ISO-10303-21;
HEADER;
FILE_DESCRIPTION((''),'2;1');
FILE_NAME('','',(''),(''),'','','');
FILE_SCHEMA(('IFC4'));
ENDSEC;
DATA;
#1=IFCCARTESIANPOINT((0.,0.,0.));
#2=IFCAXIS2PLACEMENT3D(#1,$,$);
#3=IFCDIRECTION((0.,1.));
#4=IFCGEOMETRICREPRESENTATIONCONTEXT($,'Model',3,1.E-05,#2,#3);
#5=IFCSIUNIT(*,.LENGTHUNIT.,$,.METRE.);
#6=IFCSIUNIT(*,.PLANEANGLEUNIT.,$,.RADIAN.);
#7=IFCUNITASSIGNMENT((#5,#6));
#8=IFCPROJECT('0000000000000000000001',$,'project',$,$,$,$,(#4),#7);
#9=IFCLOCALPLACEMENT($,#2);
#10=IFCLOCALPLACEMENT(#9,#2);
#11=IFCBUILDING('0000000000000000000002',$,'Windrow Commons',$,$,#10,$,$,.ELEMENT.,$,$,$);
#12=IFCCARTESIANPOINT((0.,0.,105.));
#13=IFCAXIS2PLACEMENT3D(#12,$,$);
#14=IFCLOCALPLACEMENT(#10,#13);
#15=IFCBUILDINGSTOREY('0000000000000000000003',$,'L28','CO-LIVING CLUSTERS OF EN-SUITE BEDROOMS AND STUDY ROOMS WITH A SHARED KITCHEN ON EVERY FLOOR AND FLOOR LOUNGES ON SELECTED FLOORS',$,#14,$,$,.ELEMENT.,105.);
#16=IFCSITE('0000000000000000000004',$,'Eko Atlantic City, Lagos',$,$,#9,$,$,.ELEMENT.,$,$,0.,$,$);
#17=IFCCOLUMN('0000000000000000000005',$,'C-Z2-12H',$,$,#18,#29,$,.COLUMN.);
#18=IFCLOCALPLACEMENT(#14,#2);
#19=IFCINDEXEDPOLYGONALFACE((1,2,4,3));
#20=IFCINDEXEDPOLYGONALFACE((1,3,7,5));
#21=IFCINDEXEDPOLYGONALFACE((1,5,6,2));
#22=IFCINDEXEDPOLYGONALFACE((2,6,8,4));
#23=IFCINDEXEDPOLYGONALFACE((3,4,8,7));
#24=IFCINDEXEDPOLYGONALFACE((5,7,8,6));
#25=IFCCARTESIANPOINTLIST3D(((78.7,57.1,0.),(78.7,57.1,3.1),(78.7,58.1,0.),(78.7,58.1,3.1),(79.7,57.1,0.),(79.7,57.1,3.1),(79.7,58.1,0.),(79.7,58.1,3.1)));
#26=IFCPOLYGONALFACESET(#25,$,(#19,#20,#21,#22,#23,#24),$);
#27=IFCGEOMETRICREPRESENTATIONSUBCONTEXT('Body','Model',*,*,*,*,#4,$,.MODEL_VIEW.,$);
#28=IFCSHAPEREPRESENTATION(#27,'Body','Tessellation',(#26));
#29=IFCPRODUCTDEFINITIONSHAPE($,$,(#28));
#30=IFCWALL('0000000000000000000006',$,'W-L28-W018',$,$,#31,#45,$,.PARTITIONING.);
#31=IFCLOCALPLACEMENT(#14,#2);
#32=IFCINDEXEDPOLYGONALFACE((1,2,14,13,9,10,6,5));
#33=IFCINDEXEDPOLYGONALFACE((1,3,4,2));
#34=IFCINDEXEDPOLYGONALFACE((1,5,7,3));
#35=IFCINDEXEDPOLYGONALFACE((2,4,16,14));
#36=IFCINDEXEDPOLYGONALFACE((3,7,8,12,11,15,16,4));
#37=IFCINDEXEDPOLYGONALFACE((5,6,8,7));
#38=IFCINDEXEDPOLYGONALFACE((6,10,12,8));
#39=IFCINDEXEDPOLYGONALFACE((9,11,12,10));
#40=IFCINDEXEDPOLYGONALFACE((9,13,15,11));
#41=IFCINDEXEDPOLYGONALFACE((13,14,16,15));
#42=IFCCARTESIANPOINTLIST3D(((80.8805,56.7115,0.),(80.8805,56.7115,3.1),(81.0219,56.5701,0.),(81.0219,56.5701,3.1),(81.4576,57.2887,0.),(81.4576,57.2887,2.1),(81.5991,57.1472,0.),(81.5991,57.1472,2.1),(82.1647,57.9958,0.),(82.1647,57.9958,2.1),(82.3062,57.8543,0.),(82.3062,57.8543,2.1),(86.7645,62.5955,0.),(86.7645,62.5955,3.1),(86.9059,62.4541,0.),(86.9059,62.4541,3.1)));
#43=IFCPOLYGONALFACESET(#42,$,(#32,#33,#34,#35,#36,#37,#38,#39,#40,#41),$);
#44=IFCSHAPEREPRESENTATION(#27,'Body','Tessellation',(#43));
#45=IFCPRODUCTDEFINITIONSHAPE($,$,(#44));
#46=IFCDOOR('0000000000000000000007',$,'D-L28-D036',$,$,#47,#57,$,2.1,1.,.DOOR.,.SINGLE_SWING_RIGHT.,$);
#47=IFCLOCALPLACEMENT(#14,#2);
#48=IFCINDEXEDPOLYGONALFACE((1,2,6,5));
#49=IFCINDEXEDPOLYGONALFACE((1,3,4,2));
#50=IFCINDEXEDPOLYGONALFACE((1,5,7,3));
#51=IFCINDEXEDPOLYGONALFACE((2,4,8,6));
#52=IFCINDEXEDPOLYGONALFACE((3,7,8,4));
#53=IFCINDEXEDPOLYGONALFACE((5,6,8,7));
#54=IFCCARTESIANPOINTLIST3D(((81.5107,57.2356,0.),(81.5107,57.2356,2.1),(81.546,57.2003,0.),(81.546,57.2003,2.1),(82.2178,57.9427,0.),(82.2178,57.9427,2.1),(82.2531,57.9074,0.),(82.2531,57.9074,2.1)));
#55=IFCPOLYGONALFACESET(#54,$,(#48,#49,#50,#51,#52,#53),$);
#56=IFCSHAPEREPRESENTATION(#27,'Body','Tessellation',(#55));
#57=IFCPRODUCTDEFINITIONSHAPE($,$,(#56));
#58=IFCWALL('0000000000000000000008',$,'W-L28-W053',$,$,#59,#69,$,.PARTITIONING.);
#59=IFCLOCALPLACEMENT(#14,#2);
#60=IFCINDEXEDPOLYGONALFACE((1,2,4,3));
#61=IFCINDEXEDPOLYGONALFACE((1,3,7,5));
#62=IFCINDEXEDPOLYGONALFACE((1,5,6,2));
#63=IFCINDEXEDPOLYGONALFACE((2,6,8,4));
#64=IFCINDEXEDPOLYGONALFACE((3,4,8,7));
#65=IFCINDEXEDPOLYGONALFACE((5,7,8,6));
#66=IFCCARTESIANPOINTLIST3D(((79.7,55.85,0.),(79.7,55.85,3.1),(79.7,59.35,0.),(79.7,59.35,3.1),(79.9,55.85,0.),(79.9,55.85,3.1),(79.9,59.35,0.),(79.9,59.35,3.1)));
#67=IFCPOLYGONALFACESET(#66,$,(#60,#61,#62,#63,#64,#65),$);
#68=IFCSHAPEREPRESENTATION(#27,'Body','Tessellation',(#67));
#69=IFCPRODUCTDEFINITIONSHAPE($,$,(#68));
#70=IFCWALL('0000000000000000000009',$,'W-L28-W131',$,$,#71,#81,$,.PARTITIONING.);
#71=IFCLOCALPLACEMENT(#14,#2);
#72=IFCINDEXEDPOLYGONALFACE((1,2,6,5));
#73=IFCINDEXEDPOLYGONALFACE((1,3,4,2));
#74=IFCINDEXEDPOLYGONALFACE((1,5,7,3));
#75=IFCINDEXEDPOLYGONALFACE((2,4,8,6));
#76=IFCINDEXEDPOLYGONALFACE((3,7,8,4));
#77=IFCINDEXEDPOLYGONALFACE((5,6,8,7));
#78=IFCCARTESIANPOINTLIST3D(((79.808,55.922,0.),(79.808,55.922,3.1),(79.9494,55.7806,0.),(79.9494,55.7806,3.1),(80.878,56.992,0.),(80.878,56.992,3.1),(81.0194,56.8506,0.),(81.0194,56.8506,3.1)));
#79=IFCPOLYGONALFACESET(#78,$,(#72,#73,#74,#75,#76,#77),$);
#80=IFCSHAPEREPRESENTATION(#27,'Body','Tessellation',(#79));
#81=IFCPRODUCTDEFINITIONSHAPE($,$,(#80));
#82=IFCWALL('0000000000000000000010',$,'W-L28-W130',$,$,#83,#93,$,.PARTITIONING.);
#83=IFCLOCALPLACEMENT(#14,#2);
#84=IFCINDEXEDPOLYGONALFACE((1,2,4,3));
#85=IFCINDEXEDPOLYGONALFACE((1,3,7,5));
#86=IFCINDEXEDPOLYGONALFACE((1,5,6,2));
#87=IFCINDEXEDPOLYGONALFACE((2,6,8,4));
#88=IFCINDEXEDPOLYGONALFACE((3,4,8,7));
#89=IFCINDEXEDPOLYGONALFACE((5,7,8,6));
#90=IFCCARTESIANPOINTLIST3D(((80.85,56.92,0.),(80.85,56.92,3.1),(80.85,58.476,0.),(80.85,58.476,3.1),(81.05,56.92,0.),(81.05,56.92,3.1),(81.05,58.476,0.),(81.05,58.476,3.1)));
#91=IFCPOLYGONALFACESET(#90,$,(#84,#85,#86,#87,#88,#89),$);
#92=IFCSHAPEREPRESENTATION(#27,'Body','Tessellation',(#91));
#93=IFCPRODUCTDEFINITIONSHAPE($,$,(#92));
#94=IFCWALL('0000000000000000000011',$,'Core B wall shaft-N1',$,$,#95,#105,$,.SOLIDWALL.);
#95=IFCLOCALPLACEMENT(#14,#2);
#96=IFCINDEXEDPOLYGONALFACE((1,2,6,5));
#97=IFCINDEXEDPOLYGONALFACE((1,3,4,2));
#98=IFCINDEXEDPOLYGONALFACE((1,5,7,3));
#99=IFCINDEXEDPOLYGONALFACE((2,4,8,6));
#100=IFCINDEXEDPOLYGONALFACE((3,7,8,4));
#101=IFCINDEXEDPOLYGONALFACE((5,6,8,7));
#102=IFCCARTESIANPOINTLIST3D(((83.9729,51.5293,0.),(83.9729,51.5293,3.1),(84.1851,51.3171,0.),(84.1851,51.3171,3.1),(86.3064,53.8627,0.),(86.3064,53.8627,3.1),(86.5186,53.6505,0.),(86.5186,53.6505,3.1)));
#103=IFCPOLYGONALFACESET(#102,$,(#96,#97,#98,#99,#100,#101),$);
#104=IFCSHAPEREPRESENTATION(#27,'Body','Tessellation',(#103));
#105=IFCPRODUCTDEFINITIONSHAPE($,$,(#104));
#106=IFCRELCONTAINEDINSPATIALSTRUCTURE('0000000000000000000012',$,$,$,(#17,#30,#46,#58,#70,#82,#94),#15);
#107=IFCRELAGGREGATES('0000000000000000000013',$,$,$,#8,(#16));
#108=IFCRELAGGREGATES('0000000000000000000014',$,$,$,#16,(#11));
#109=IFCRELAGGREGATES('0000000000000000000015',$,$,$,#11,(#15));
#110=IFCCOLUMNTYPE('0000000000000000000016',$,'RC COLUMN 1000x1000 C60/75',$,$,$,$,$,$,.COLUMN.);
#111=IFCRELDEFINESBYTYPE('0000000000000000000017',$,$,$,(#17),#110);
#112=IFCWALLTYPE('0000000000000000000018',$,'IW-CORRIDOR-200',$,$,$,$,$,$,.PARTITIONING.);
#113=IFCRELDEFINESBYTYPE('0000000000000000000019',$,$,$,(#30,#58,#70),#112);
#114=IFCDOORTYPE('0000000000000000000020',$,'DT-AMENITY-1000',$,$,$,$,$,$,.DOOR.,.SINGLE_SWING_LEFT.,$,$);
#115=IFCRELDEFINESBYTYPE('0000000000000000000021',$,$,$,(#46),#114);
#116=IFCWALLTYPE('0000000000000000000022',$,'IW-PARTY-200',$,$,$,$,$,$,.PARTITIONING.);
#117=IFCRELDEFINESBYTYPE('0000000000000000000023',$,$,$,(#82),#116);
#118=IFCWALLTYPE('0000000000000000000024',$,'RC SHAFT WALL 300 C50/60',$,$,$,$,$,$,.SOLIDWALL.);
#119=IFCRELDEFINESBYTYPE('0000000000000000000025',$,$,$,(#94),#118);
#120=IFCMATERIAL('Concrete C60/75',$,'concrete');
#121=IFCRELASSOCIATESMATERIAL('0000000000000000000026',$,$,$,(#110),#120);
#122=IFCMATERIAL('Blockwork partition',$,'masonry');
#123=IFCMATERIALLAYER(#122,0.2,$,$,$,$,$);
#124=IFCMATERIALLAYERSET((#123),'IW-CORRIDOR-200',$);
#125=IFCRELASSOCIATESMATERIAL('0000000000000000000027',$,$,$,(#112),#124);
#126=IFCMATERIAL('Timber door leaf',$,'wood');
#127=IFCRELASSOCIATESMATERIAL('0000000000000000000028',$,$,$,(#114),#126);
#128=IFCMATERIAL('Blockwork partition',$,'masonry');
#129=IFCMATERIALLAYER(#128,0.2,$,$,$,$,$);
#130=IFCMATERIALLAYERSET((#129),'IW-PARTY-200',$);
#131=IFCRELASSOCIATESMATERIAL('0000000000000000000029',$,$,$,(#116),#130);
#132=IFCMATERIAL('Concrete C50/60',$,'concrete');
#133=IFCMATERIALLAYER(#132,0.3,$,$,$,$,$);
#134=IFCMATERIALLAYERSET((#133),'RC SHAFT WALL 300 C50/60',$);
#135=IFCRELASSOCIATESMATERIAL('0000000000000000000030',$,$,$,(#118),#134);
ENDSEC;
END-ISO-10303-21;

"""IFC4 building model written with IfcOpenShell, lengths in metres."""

from ifc_helpers import new_model, si_unit, direction, frame, frame_2d, origin, origin_2d, place, context, subcontext, project, spatial, rectangle, extrude, material, layer, layer_set, material_profile, profile_set, type_object, element, fill, save


model = new_model("IFC4")

# Units and contexts
model_context = context("Model", 3, precision=1e-05, world=origin(), true_north=direction((0.0, 1.0)))
body_context = subcontext(model_context, "Body", "Model", "MODEL_VIEW")
ifc_project = project(units=[si_unit("LENGTHUNIT", "METRE"), si_unit("PLANEANGLEUNIT", "RADIAN")], contexts=[model_context])

# Site, building, storey
site_placement = place(None, origin())
site = spatial("IfcSite", under=ifc_project, at=site_placement, Name="Eko Atlantic City, Lagos", CompositionType="ELEMENT", RefElevation=0.0)
building_placement = place(site_placement, origin())
building = spatial("IfcBuilding", under=site, at=building_placement, Name="Windrow Commons", CompositionType="ELEMENT")
storey_placement = place(building_placement, frame((0.0, 0.0, 105.0)))
storey = spatial("IfcBuildingStorey", under=building, at=storey_placement, Name="L28", Description="CO-LIVING CLUSTERS OF EN-SUITE BEDROOMS AND STUDY ROOMS WITH A SHARED KITCHEN ON EVERY FLOOR AND FLOOR LOUNGES ON SELECTED FLOORS", CompositionType="ELEMENT", Elevation=105.0)

# Column
ifc_material_1 = material(Name="Concrete C60/75", Category="concrete")
ifc_material_profile = material_profile(ifc_material_1, rectangle(XDim=1.0, YDim=1.0, at=origin_2d()))
ifc_profile_set = profile_set([ifc_material_profile], Name="Concrete C60/75")
column_type = type_object("IfcColumnType", Name="RC COLUMN 1000x1000 C60/75", PredefinedType="COLUMN", material=ifc_profile_set)
column_placement = place(storey_placement, frame((79.2, 57.6, 0.0), z_axis=(0.0, 0.0, 1.0), x_axis=(1.0, 0.0, 0.0)))
element("IfcColumn", 1, at=column_placement, inside=storey, type_object=column_type, Name="C-Z2-12H", PredefinedType="COLUMN", context=body_context, shape_type="SweptSolid", body=[
    extrude(rectangle(XDim=1.0, YDim=1.0, at=origin_2d()), origin(), (0.0, 0.0, 1.0), 3.1),
])

# Wall, opening, door
ifc_material_2 = material(Name="Blockwork partition", Category="masonry")
ifc_layer_1 = layer(ifc_material_2, 0.2)
ifc_layer_set_1 = layer_set([ifc_layer_1], Name="IW-CORRIDOR-200")
wall_type_1 = type_object("IfcWallType", Name="IW-CORRIDOR-200", PredefinedType="PARTITIONING", material=ifc_layer_set_1)
wall_1_placement = place(storey_placement, frame((80.9512, 56.6408, 0.0), z_axis=(0.0, 0.0, 1.0), x_axis=(0.707107, 0.707107, 0.0)))
wall_1 = element("IfcWall", 2, at=wall_1_placement, inside=storey, type_object=wall_type_1, Name="W-L28-W018", PredefinedType="PARTITIONING", context=body_context, shape_type="SweptSolid", body=[
    extrude(rectangle(XDim=8.3212, YDim=0.2, at=frame_2d((4.1606, 0.0))), origin(), (0.0, 0.0, 1.0), 3.1),
])
opening_1_placement = place(wall_1_placement, frame((0.8162, 0.0, 0.0)))
opening_1 = element("IfcOpeningElement", 3, at=opening_1_placement, cuts=wall_1, PredefinedType="OPENING", context=body_context, shape_type="SweptSolid", body=[
    extrude(rectangle(XDim=1.0, YDim=2.1, at=frame_2d((0.5, 1.05))), frame((0.0, 0.11, 0.0), z_axis=(0.0, -1.0, 0.0), x_axis=(1.0, 0.0, 0.0)), (0.0, 0.0, 1.0), 0.22),
])
ifc_material_3 = material(Name="Timber door leaf", Category="wood")
door_type_1 = type_object("IfcDoorType", Name="DT-AMENITY-1000", OperationType="SINGLE_SWING_LEFT", PredefinedType="DOOR", material=ifc_material_3)
door_1_placement = place(opening_1_placement, origin())
door_1 = element("IfcDoor", 4, at=door_1_placement, inside=storey, type_object=door_type_1, Name="D-L28-D036", OperationType="SINGLE_SWING_RIGHT", OverallHeight=2.1, OverallWidth=1.0, PredefinedType="DOOR", context=body_context, shape_type="SweptSolid", body=[
    extrude(rectangle(XDim=1.0, YDim=2.1, at=frame_2d((0.5, 1.05))), frame((0.0, 0.025, 0.0), z_axis=(0.0, -1.0, 0.0), x_axis=(1.0, 0.0, 0.0)), (0.0, 0.0, 1.0), 0.05),
])
fill(opening_1, door_1)

# Walls
wall_2_placement = place(storey_placement, frame((79.8, 55.85, 0.0), z_axis=(0.0, 0.0, 1.0), x_axis=(0.0, 1.0, 0.0)))
element("IfcWall", 5, at=wall_2_placement, inside=storey, type_object=wall_type_1, Name="W-L28-W053", PredefinedType="PARTITIONING", context=body_context, shape_type="SweptSolid", body=[
    extrude(rectangle(XDim=3.5, YDim=0.2, at=frame_2d((1.75, 0.0))), origin(), (0.0, 0.0, 1.0), 3.1),
])
wall_3_placement = place(storey_placement, frame((79.8787, 55.8513, 0.0), z_axis=(0.0, 0.0, 1.0), x_axis=(0.707107, 0.707107, 0.0)))
element("IfcWall", 6, at=wall_3_placement, inside=storey, type_object=wall_type_1, Name="W-L28-W131", PredefinedType="PARTITIONING", context=body_context, shape_type="SweptSolid", body=[
    extrude(rectangle(XDim=1.5132, YDim=0.2, at=frame_2d((0.7566, 0.0))), origin(), (0.0, 0.0, 1.0), 3.1),
])
ifc_material_4 = material(Name="Blockwork partition", Category="masonry")
ifc_layer_2 = layer(ifc_material_4, 0.2)
ifc_layer_set_2 = layer_set([ifc_layer_2], Name="IW-PARTY-200")
wall_type_2 = type_object("IfcWallType", Name="IW-PARTY-200", PredefinedType="PARTITIONING", material=ifc_layer_set_2)
wall_4_placement = place(storey_placement, frame((80.95, 56.92, 0.0), z_axis=(0.0, 0.0, 1.0), x_axis=(0.0, 1.0, 0.0)))
element("IfcWall", 7, at=wall_4_placement, inside=storey, type_object=wall_type_2, Name="W-L28-W130", PredefinedType="PARTITIONING", context=body_context, shape_type="SweptSolid", body=[
    extrude(rectangle(XDim=1.556, YDim=0.2, at=frame_2d((0.778, 0.0))), origin(), (0.0, 0.0, 1.0), 3.1),
])
ifc_material_5 = material(Name="Concrete C50/60", Category="concrete")
ifc_layer_3 = layer(ifc_material_5, 0.3)
ifc_layer_set_3 = layer_set([ifc_layer_3], Name="RC SHAFT WALL 300 C50/60")
wall_type_3 = type_object("IfcWallType", Name="RC SHAFT WALL 300 C50/60", PredefinedType="SOLIDWALL", material=ifc_layer_set_3)
wall_5_placement = place(storey_placement, frame((84.079, 51.4232, 0.0), z_axis=(0.0, 0.0, 1.0), x_axis=(0.707122, 0.707092, 0.0)))
element("IfcWall", 8, at=wall_5_placement, inside=storey, type_object=wall_type_3, Name="Core B wall shaft-N1", PredefinedType="SOLIDWALL", context=body_context, shape_type="SweptSolid", body=[
    extrude(rectangle(XDim=3.3, YDim=0.3, at=frame_2d((1.65, 0.0))), origin(), (0.0, 0.0, 1.0), 3.1),
])

save(model, "model.ifc")
